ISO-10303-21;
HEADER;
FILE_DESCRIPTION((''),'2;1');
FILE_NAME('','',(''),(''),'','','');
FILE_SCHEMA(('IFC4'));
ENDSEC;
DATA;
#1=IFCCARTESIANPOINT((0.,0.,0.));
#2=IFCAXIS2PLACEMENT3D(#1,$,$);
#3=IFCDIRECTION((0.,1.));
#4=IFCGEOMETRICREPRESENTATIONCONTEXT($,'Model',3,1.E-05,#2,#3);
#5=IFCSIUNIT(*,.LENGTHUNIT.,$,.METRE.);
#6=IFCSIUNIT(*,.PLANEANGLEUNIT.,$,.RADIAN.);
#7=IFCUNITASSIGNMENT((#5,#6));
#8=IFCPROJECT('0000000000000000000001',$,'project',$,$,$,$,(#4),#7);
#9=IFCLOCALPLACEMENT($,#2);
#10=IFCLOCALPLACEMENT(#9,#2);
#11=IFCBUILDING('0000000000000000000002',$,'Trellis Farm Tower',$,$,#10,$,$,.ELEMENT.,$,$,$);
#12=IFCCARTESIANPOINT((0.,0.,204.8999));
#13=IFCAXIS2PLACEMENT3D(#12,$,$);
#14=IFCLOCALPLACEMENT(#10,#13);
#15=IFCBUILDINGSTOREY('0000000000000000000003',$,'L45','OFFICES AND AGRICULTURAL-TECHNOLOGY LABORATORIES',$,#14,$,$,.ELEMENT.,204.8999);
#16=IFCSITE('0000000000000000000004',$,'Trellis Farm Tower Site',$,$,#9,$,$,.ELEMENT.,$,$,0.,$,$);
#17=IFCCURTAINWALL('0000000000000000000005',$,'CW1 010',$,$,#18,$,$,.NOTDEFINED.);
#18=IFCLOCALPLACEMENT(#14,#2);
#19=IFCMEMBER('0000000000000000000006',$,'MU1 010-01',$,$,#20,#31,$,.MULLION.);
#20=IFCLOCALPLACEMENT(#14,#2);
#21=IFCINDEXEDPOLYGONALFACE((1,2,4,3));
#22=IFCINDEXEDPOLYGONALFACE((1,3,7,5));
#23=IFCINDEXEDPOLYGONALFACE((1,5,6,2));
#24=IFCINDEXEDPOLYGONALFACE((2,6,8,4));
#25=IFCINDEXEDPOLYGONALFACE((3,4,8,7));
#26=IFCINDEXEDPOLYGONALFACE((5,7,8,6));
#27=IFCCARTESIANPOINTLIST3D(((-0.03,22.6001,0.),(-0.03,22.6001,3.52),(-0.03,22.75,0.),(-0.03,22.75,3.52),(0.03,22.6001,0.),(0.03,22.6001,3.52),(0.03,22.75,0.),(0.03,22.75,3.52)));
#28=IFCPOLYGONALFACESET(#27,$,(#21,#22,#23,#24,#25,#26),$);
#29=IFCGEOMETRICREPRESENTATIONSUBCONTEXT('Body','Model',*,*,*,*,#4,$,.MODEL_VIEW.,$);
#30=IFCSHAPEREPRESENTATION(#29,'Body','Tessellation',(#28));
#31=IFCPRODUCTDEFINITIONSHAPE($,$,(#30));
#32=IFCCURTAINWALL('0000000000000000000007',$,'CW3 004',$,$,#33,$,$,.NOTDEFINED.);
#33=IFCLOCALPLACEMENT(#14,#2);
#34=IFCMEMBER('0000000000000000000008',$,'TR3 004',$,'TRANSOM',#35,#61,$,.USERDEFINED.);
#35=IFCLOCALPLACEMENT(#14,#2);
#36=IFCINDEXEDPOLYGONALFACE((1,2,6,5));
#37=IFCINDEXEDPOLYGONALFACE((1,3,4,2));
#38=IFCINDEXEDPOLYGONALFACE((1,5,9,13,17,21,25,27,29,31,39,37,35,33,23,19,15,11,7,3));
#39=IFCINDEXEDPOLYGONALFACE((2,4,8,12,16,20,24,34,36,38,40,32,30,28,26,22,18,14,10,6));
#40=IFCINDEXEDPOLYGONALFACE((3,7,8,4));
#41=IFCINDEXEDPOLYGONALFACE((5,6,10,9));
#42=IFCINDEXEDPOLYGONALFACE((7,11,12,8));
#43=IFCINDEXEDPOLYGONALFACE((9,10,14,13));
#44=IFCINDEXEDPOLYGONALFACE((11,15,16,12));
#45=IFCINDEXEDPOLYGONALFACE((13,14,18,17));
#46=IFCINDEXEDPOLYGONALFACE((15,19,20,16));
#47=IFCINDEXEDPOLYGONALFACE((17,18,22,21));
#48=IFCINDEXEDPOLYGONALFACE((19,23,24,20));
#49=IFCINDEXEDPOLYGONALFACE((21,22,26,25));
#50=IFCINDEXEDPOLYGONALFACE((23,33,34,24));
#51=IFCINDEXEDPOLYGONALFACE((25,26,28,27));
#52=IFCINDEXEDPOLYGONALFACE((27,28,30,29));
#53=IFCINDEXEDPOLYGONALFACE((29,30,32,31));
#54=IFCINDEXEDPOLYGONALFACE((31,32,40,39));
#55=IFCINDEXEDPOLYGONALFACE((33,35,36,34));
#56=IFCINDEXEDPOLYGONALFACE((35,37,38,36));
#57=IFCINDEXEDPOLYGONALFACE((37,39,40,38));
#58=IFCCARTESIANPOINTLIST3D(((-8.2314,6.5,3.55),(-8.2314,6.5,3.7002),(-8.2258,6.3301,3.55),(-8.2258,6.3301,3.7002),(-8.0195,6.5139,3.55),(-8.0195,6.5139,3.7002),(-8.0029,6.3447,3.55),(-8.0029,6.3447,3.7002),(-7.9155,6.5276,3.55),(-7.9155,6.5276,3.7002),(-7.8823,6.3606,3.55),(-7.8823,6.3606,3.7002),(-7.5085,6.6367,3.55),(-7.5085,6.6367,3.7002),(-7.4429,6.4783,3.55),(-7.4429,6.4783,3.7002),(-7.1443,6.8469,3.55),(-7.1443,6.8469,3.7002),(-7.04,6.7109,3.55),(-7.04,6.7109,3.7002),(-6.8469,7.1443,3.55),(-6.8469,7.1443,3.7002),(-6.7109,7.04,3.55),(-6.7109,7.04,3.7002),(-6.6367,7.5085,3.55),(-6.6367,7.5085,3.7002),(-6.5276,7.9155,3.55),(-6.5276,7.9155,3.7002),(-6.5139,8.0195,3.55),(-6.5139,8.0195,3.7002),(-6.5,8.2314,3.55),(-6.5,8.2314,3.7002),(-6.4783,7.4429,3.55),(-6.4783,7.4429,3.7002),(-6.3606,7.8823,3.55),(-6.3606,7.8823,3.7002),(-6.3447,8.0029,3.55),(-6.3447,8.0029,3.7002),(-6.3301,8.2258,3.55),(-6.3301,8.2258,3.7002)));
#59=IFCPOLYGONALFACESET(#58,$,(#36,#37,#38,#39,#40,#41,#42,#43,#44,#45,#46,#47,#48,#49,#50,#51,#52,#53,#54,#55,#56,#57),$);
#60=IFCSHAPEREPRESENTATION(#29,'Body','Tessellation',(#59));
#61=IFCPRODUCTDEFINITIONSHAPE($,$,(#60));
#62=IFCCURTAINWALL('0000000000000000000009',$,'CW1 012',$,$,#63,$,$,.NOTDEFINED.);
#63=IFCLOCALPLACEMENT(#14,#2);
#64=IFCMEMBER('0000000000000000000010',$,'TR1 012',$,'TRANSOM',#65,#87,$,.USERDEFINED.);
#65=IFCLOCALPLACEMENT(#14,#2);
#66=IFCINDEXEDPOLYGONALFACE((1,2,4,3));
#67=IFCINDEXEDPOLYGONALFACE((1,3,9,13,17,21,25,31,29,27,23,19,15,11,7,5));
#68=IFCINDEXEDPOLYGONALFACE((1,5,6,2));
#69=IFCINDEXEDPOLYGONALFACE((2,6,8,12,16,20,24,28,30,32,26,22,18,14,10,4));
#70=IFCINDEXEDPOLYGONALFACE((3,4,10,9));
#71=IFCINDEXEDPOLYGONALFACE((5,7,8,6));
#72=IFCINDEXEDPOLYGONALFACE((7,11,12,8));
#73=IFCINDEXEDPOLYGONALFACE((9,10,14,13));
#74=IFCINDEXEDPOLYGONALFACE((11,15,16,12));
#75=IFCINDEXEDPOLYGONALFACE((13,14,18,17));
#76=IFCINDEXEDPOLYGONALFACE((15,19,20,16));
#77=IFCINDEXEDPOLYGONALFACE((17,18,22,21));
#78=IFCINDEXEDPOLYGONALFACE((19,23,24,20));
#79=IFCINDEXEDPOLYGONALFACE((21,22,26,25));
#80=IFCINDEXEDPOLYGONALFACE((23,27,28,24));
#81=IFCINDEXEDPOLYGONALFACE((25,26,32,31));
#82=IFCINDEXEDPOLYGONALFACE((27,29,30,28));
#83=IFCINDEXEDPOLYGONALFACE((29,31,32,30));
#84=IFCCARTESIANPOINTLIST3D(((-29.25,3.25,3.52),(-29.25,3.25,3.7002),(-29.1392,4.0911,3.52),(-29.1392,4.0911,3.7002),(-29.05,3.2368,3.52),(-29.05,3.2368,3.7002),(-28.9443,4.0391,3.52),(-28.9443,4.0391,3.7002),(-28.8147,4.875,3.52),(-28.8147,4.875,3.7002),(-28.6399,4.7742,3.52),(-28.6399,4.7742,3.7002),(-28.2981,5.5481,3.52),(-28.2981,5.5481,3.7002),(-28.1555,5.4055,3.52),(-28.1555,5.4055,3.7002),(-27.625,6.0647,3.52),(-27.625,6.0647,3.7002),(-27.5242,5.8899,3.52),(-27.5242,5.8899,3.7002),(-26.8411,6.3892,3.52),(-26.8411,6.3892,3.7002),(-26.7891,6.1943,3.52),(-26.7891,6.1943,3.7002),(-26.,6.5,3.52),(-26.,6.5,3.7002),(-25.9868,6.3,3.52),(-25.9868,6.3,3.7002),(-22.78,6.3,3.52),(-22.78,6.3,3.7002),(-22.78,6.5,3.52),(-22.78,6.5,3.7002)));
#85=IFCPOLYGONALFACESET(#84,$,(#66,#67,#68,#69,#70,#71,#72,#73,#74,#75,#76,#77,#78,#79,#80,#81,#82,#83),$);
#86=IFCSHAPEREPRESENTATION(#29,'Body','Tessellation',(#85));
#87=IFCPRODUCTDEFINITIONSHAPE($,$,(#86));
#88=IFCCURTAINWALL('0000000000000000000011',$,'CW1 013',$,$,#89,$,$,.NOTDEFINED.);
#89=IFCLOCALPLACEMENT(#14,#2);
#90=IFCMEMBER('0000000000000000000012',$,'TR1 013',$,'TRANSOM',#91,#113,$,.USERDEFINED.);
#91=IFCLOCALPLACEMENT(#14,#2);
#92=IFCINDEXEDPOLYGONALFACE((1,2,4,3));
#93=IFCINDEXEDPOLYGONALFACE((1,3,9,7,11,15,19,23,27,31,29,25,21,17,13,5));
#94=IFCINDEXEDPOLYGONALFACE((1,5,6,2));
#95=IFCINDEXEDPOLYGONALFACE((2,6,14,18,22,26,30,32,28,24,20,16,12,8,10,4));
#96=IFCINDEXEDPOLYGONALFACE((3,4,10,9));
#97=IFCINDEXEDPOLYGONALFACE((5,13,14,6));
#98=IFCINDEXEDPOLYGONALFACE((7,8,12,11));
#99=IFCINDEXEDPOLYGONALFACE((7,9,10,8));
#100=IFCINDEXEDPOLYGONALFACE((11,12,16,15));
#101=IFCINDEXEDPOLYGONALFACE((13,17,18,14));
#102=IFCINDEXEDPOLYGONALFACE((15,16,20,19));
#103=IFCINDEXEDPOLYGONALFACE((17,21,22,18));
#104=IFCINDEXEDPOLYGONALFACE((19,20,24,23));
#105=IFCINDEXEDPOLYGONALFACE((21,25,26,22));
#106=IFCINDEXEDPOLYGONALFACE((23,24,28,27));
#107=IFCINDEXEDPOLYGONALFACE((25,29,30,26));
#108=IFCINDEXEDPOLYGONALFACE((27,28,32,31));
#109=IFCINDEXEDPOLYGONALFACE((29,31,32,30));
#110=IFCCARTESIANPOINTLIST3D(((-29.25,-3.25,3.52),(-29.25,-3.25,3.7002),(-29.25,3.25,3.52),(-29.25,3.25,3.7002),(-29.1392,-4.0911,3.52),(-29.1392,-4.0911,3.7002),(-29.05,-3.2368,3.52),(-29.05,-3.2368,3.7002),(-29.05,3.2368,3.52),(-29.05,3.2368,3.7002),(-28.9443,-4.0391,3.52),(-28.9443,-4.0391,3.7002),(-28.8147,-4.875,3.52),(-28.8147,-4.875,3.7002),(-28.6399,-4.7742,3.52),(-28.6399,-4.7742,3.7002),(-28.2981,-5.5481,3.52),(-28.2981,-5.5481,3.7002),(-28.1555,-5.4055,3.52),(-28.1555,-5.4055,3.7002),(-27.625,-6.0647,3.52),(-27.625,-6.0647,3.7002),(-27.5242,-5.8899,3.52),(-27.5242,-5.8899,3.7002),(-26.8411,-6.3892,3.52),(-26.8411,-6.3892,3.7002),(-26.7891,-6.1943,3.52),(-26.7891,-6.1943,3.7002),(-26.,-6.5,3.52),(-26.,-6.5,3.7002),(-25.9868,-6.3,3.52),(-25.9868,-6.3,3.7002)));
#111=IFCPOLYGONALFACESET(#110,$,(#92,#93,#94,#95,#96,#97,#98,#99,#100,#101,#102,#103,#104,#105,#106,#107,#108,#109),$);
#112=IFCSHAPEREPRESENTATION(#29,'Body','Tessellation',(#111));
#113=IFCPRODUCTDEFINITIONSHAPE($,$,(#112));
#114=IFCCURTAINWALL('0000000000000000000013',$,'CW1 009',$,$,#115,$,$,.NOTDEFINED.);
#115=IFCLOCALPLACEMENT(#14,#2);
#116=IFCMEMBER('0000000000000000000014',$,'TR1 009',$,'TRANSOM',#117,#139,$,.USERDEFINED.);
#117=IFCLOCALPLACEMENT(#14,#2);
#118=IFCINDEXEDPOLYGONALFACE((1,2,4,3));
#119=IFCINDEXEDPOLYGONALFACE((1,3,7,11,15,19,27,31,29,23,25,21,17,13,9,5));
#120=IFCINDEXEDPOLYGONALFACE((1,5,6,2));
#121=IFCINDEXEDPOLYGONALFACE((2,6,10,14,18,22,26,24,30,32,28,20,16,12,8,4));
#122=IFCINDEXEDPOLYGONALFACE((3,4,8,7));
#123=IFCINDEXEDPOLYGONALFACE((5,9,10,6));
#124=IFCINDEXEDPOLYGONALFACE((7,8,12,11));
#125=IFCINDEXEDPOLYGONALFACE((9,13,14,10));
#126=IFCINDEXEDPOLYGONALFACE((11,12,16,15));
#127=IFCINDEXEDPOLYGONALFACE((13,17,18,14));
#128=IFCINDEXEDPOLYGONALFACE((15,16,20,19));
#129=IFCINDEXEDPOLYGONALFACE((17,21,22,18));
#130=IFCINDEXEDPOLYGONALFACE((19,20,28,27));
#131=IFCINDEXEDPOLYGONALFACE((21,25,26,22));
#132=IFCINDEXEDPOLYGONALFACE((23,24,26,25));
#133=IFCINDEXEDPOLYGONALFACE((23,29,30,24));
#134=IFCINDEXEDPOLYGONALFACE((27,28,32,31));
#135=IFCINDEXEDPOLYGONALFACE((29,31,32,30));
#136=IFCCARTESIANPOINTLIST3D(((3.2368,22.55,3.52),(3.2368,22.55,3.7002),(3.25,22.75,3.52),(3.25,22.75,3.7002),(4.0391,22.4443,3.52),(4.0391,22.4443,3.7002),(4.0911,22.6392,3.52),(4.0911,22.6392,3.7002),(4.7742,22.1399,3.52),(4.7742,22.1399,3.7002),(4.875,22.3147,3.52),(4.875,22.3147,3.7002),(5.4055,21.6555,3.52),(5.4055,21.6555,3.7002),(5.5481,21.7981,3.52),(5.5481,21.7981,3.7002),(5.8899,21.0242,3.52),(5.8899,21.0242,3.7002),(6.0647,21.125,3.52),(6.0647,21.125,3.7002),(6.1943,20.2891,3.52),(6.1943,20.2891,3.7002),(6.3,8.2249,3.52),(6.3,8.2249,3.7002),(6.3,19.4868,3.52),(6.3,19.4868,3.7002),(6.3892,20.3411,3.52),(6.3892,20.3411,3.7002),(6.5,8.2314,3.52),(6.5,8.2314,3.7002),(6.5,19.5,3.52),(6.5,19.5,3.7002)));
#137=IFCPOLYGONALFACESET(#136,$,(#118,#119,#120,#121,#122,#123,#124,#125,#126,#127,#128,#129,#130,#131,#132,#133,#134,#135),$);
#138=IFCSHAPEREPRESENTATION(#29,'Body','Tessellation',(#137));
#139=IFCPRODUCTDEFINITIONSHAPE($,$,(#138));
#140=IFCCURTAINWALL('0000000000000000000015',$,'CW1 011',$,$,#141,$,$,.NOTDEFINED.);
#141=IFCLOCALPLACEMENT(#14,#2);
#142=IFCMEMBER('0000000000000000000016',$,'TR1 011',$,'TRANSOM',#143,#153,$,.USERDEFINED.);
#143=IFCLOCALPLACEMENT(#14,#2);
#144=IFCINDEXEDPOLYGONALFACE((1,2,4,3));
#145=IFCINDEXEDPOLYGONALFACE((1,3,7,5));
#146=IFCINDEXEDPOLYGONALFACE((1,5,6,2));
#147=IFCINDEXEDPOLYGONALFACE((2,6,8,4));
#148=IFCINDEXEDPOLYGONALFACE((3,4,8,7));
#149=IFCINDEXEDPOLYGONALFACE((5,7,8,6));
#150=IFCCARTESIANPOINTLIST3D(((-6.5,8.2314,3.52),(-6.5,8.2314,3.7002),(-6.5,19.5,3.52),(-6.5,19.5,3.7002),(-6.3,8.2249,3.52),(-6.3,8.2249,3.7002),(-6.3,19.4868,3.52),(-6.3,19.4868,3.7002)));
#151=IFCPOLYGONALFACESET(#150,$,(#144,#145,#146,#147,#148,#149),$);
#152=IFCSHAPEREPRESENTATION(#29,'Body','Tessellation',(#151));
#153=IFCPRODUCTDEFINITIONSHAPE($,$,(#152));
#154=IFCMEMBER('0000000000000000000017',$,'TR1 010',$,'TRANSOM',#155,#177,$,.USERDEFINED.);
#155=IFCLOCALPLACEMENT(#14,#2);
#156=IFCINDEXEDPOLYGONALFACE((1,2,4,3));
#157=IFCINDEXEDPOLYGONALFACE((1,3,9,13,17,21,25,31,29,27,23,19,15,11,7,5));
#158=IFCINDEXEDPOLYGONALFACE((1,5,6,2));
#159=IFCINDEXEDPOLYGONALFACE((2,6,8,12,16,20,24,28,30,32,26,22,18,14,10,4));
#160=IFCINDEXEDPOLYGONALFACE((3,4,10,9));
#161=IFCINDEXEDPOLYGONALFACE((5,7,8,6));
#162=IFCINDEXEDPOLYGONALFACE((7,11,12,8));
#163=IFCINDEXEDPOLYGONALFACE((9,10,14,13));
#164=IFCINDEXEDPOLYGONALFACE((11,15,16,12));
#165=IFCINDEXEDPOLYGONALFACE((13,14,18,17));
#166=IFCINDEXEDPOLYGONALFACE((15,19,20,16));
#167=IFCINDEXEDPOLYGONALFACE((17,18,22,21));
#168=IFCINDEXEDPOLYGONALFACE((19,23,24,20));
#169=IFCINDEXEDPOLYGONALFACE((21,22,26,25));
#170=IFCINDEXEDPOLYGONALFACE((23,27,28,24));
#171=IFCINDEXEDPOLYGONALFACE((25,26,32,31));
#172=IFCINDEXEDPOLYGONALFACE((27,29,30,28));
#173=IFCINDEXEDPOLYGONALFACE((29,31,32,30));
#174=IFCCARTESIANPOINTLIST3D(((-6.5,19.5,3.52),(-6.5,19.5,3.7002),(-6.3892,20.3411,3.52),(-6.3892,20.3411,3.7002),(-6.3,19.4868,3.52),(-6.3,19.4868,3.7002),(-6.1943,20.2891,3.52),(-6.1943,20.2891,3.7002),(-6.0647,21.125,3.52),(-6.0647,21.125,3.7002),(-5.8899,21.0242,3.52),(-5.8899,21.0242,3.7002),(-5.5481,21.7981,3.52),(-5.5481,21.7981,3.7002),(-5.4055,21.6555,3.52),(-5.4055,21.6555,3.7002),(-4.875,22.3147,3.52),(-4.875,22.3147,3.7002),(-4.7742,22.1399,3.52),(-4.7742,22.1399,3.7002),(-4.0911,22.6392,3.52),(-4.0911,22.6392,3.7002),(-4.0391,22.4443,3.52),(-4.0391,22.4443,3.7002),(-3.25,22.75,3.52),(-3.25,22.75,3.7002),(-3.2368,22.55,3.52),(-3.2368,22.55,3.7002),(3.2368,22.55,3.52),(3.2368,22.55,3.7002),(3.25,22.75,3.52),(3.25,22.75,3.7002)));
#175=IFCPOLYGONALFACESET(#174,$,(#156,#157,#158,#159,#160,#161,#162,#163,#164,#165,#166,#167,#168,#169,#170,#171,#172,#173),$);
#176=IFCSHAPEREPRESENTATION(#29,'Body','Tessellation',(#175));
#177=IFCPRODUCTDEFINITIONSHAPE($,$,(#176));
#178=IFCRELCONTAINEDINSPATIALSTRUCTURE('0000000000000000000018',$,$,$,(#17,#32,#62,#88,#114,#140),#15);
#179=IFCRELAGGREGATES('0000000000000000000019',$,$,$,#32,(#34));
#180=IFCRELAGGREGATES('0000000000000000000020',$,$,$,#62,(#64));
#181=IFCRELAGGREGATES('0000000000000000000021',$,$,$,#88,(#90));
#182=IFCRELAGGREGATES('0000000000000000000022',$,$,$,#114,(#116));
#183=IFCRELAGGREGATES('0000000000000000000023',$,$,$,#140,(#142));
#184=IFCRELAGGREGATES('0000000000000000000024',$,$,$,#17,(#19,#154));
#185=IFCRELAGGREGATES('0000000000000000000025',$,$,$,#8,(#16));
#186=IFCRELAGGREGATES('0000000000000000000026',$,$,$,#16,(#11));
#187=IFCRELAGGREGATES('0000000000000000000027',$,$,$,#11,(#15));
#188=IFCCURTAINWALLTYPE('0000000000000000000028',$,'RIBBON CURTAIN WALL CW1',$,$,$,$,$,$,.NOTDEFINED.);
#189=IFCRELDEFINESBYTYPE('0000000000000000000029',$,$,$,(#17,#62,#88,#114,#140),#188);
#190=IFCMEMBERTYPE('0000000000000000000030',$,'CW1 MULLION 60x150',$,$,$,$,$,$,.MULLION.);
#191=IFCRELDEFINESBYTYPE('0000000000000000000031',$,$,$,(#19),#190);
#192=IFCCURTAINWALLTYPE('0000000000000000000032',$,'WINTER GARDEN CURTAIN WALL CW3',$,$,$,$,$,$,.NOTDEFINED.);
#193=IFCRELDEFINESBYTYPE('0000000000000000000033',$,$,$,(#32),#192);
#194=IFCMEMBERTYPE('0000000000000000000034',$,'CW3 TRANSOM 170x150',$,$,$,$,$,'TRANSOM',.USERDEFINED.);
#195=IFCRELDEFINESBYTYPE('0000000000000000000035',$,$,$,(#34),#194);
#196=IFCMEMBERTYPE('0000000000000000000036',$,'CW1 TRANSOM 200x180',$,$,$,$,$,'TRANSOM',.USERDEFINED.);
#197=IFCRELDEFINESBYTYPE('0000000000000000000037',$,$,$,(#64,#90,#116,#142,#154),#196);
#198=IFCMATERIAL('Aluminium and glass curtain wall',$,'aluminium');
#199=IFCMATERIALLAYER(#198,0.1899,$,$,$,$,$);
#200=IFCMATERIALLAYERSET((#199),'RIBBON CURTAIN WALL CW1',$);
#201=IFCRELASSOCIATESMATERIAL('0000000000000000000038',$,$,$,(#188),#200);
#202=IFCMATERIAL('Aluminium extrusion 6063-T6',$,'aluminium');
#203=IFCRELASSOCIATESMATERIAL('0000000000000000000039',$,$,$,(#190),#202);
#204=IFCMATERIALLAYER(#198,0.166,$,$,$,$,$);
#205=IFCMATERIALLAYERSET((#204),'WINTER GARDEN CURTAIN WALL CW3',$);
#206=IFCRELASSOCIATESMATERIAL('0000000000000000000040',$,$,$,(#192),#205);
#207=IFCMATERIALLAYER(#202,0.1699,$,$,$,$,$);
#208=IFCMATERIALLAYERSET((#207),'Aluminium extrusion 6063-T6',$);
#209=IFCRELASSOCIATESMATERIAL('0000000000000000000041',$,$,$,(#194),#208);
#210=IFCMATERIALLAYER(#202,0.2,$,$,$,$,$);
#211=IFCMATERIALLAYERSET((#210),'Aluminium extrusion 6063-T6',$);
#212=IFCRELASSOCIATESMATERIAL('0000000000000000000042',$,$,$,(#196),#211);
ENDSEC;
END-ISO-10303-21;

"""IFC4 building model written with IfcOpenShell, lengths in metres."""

from ifc_helpers import new_model, si_unit, direction, frame, origin, origin_2d, place, context, subcontext, project, spatial, polyline, rectangle, outline, extrude, source, transform, mapped, material, layer, layer_set, material_profile, profile_set, type_object, element, aggregate, save


model = new_model("IFC4")

# Units and contexts
model_context = context("Model", 3, precision=1e-05, world=origin(), true_north=direction((0.0, 1.0)))
body_context = subcontext(model_context, "Body", "Model", "MODEL_VIEW")
ifc_project = project(units=[si_unit("LENGTHUNIT", "METRE"), si_unit("PLANEANGLEUNIT", "RADIAN")], contexts=[model_context])

# Site, building, storey
site_placement = place(None, origin())
site = spatial("IfcSite", under=ifc_project, at=site_placement, Name="Trellis Farm Tower Site", CompositionType="ELEMENT", RefElevation=0.0)
building_placement = place(site_placement, origin())
building = spatial("IfcBuilding", under=site, at=building_placement, Name="Trellis Farm Tower", CompositionType="ELEMENT")
storey_placement = place(building_placement, frame((0.0, 0.0, 204.8999)))
storey = spatial("IfcBuildingStorey", under=building, at=storey_placement, Name="L45", Description="OFFICES AND AGRICULTURAL-TECHNOLOGY LABORATORIES", CompositionType="ELEMENT", Elevation=204.8999)

# Curtain walls, members
ifc_material_1 = material(Name="Aluminium and glass curtain wall", Category="aluminium")
ifc_layer_1 = layer(ifc_material_1, 0.1899)
ifc_layer_set_1 = layer_set([ifc_layer_1], Name="RIBBON CURTAIN WALL CW1")
curtain_wall_type_1 = type_object("IfcCurtainWallType", Name="RIBBON CURTAIN WALL CW1", PredefinedType="NOTDEFINED", material=ifc_layer_set_1)
placement_1 = place(storey_placement, origin())
curtain_wall_1 = element("IfcCurtainWall", 1, at=placement_1, inside=storey, type_object=curtain_wall_type_1, Name="CW1 010", PredefinedType="NOTDEFINED")
ifc_material_2 = material(Name="Aluminium extrusion 6063-T6", Category="aluminium")
ifc_material_profile = material_profile(ifc_material_2, rectangle(XDim=0.0601, YDim=0.1499, at=origin_2d()), Name="MULLION 60x150")
ifc_profile_set = profile_set([ifc_material_profile], Name="Aluminium extrusion 6063-T6")
member_type_1 = type_object("IfcMemberType", Name="CW1 MULLION 60x150", PredefinedType="MULLION", material=ifc_profile_set)
shared_shape_1 = source(origin(), body_context, "Body", "SweptSolid", [
    extrude(rectangle(XDim=0.0601, YDim=0.1499, at=origin_2d()), origin(), (0.0, 0.0, 1.0), 3.52),
])
member_1_placement = place(storey_placement, frame((0.0, 22.675, 0.0), z_axis=(0.0, 0.0, 1.0), x_axis=(-1.0, 0.0, 0.0)))
member_1 = element("IfcMember", 2, at=member_1_placement, type_object=member_type_1, Name="MU1 010-01", PredefinedType="MULLION", context=body_context, shape_type="MappedRepresentation", body=[
    mapped(shared_shape_1, transform((0.0, 0.0, 0.0))),
])
ifc_layer_2 = layer(ifc_material_1, 0.166)
ifc_layer_set_2 = layer_set([ifc_layer_2], Name="WINTER GARDEN CURTAIN WALL CW3")
curtain_wall_type_2 = type_object("IfcCurtainWallType", Name="WINTER GARDEN CURTAIN WALL CW3", PredefinedType="NOTDEFINED", material=ifc_layer_set_2)
curtain_wall_2 = element("IfcCurtainWall", 3, at=placement_1, inside=storey, type_object=curtain_wall_type_2, Name="CW3 004", PredefinedType="NOTDEFINED")
ifc_layer_3 = layer(ifc_material_2, 0.1699)
ifc_layer_set_3 = layer_set([ifc_layer_3], Name="Aluminium extrusion 6063-T6")
member_type_2 = type_object("IfcMemberType", Name="CW3 TRANSOM 170x150", ElementType="TRANSOM", PredefinedType="USERDEFINED", material=ifc_layer_set_3)
shared_shape_2 = source(origin(), body_context, "Body", "SweptSolid", [
    extrude(outline(polyline([(-6.5, 8.2314), (-6.5139, 8.0195), (-6.5276, 7.9155), (-6.6367, 7.5085), (-6.8469, 7.1443), (-7.1443, 6.8469), (-7.5085, 6.6367), (-7.9155, 6.5276), (-8.0195, 6.5139), (-8.2314, 6.5), (-8.2258, 6.3301), (-8.0029, 6.3447), (-7.8823, 6.3606), (-7.4429, 6.4783), (-7.04, 6.7109), (-6.7109, 7.04), (-6.4783, 7.4429), (-6.3606, 7.8823), (-6.3447, 8.0029), (-6.3301, 8.2258), (-6.5, 8.2314)])), origin(), (0.0, 0.0, 1.0), 0.1501),
])
member_2_placement = place(storey_placement, frame((0.0, 0.0, 3.55)))
member_2 = element("IfcMember", 4, at=member_2_placement, type_object=member_type_2, Name="TR3 004", ObjectType="TRANSOM", PredefinedType="USERDEFINED", context=body_context, shape_type="MappedRepresentation", body=[
    mapped(shared_shape_2, transform((0.0, 0.0, 0.0))),
])
curtain_wall_3 = element("IfcCurtainWall", 5, at=placement_1, inside=storey, type_object=curtain_wall_type_1, Name="CW1 012", PredefinedType="NOTDEFINED")
ifc_layer_4 = layer(ifc_material_2, 0.2)
ifc_layer_set_4 = layer_set([ifc_layer_4], Name="Aluminium extrusion 6063-T6")
member_type_3 = type_object("IfcMemberType", Name="CW1 TRANSOM 200x180", ElementType="TRANSOM", PredefinedType="USERDEFINED", material=ifc_layer_set_4)
shared_shape_3 = source(origin(), body_context, "Body", "SweptSolid", [
    extrude(outline(polyline([(-22.78, 6.5), (-26.0, 6.5), (-26.8411, 6.3892), (-27.625, 6.0647), (-28.2981, 5.5481), (-28.8147, 4.875), (-29.1392, 4.0911), (-29.25, 3.25), (-29.05, 3.2368), (-28.9443, 4.0391), (-28.6399, 4.7742), (-28.1555, 5.4055), (-27.5242, 5.8899), (-26.7891, 6.1943), (-25.9868, 6.3), (-22.78, 6.3), (-22.78, 6.5)])), origin(), (0.0, 0.0, 1.0), 0.1802),
])
placement_2 = place(storey_placement, frame((0.0, 0.0, 3.52)))
member_3 = element("IfcMember", 6, at=placement_2, type_object=member_type_3, Name="TR1 012", ObjectType="TRANSOM", PredefinedType="USERDEFINED", context=body_context, shape_type="MappedRepresentation", body=[
    mapped(shared_shape_3, transform((0.0, 0.0, 0.0))),
])
curtain_wall_4 = element("IfcCurtainWall", 7, at=placement_1, inside=storey, type_object=curtain_wall_type_1, Name="CW1 013", PredefinedType="NOTDEFINED")
shared_shape_4 = source(origin(), body_context, "Body", "SweptSolid", [
    extrude(outline(polyline([(-29.25, 3.25), (-29.25, -3.25), (-29.1392, -4.0911), (-28.8147, -4.875), (-28.2981, -5.5481), (-27.625, -6.0647), (-26.8411, -6.3892), (-26.0, -6.5), (-25.9868, -6.3), (-26.7891, -6.1943), (-27.5242, -5.8899), (-28.1555, -5.4055), (-28.6399, -4.7742), (-28.9443, -4.0391), (-29.05, -3.2368), (-29.05, 3.2368), (-29.25, 3.25)])), origin(), (0.0, 0.0, 1.0), 0.1802),
])
member_4 = element("IfcMember", 8, at=placement_2, type_object=member_type_3, Name="TR1 013", ObjectType="TRANSOM", PredefinedType="USERDEFINED", context=body_context, shape_type="MappedRepresentation", body=[
    mapped(shared_shape_4, transform((0.0, 0.0, 0.0))),
])
curtain_wall_5 = element("IfcCurtainWall", 9, at=placement_1, inside=storey, type_object=curtain_wall_type_1, Name="CW1 009", PredefinedType="NOTDEFINED")
shared_shape_5 = source(origin(), body_context, "Body", "SweptSolid", [
    extrude(outline(polyline([(6.5, 8.2314), (6.5, 19.5), (6.3892, 20.3411), (6.0647, 21.125), (5.5481, 21.7981), (4.875, 22.3147), (4.0911, 22.6392), (3.25, 22.75), (3.2368, 22.55), (4.0391, 22.4443), (4.7742, 22.1399), (5.4055, 21.6555), (5.8899, 21.0242), (6.1943, 20.2891), (6.3, 19.4868), (6.3, 8.2249), (6.5, 8.2314)])), origin(), (0.0, 0.0, 1.0), 0.1802),
])
member_5 = element("IfcMember", 10, at=placement_2, type_object=member_type_3, Name="TR1 009", ObjectType="TRANSOM", PredefinedType="USERDEFINED", context=body_context, shape_type="MappedRepresentation", body=[
    mapped(shared_shape_5, transform((0.0, 0.0, 0.0))),
])
curtain_wall_6 = element("IfcCurtainWall", 11, at=placement_1, inside=storey, type_object=curtain_wall_type_1, Name="CW1 011", PredefinedType="NOTDEFINED")
shared_shape_6 = source(origin(), body_context, "Body", "SweptSolid", [
    extrude(outline(polyline([(-6.5, 19.5), (-6.5, 8.2314), (-6.3, 8.2249), (-6.3, 19.4868), (-6.5, 19.5)])), origin(), (0.0, 0.0, 1.0), 0.1802),
])
member_6 = element("IfcMember", 12, at=placement_2, type_object=member_type_3, Name="TR1 011", ObjectType="TRANSOM", PredefinedType="USERDEFINED", context=body_context, shape_type="MappedRepresentation", body=[
    mapped(shared_shape_6, transform((0.0, 0.0, 0.0))),
])

# Member
shared_shape_7 = source(origin(), body_context, "Body", "SweptSolid", [
    extrude(outline(polyline([(3.25, 22.75), (-3.25, 22.75), (-4.0911, 22.6392), (-4.875, 22.3147), (-5.5481, 21.7981), (-6.0647, 21.125), (-6.3892, 20.3411), (-6.5, 19.5), (-6.3, 19.4868), (-6.1943, 20.2891), (-5.8899, 21.0242), (-5.4055, 21.6555), (-4.7742, 22.1399), (-4.0391, 22.4443), (-3.2368, 22.55), (3.2368, 22.55), (3.25, 22.75)])), origin(), (0.0, 0.0, 1.0), 0.1802),
])
member_7 = element("IfcMember", 13, at=placement_2, type_object=member_type_3, Name="TR1 010", ObjectType="TRANSOM", PredefinedType="USERDEFINED", context=body_context, shape_type="MappedRepresentation", body=[
    mapped(shared_shape_7, transform((0.0, 0.0, 0.0))),
])

aggregate(curtain_wall_2, [member_2])
aggregate(curtain_wall_3, [member_3])
aggregate(curtain_wall_4, [member_4])
aggregate(curtain_wall_5, [member_5])
aggregate(curtain_wall_6, [member_6])
aggregate(curtain_wall_1, [member_1, member_7])

save(model, "model.ifc")
